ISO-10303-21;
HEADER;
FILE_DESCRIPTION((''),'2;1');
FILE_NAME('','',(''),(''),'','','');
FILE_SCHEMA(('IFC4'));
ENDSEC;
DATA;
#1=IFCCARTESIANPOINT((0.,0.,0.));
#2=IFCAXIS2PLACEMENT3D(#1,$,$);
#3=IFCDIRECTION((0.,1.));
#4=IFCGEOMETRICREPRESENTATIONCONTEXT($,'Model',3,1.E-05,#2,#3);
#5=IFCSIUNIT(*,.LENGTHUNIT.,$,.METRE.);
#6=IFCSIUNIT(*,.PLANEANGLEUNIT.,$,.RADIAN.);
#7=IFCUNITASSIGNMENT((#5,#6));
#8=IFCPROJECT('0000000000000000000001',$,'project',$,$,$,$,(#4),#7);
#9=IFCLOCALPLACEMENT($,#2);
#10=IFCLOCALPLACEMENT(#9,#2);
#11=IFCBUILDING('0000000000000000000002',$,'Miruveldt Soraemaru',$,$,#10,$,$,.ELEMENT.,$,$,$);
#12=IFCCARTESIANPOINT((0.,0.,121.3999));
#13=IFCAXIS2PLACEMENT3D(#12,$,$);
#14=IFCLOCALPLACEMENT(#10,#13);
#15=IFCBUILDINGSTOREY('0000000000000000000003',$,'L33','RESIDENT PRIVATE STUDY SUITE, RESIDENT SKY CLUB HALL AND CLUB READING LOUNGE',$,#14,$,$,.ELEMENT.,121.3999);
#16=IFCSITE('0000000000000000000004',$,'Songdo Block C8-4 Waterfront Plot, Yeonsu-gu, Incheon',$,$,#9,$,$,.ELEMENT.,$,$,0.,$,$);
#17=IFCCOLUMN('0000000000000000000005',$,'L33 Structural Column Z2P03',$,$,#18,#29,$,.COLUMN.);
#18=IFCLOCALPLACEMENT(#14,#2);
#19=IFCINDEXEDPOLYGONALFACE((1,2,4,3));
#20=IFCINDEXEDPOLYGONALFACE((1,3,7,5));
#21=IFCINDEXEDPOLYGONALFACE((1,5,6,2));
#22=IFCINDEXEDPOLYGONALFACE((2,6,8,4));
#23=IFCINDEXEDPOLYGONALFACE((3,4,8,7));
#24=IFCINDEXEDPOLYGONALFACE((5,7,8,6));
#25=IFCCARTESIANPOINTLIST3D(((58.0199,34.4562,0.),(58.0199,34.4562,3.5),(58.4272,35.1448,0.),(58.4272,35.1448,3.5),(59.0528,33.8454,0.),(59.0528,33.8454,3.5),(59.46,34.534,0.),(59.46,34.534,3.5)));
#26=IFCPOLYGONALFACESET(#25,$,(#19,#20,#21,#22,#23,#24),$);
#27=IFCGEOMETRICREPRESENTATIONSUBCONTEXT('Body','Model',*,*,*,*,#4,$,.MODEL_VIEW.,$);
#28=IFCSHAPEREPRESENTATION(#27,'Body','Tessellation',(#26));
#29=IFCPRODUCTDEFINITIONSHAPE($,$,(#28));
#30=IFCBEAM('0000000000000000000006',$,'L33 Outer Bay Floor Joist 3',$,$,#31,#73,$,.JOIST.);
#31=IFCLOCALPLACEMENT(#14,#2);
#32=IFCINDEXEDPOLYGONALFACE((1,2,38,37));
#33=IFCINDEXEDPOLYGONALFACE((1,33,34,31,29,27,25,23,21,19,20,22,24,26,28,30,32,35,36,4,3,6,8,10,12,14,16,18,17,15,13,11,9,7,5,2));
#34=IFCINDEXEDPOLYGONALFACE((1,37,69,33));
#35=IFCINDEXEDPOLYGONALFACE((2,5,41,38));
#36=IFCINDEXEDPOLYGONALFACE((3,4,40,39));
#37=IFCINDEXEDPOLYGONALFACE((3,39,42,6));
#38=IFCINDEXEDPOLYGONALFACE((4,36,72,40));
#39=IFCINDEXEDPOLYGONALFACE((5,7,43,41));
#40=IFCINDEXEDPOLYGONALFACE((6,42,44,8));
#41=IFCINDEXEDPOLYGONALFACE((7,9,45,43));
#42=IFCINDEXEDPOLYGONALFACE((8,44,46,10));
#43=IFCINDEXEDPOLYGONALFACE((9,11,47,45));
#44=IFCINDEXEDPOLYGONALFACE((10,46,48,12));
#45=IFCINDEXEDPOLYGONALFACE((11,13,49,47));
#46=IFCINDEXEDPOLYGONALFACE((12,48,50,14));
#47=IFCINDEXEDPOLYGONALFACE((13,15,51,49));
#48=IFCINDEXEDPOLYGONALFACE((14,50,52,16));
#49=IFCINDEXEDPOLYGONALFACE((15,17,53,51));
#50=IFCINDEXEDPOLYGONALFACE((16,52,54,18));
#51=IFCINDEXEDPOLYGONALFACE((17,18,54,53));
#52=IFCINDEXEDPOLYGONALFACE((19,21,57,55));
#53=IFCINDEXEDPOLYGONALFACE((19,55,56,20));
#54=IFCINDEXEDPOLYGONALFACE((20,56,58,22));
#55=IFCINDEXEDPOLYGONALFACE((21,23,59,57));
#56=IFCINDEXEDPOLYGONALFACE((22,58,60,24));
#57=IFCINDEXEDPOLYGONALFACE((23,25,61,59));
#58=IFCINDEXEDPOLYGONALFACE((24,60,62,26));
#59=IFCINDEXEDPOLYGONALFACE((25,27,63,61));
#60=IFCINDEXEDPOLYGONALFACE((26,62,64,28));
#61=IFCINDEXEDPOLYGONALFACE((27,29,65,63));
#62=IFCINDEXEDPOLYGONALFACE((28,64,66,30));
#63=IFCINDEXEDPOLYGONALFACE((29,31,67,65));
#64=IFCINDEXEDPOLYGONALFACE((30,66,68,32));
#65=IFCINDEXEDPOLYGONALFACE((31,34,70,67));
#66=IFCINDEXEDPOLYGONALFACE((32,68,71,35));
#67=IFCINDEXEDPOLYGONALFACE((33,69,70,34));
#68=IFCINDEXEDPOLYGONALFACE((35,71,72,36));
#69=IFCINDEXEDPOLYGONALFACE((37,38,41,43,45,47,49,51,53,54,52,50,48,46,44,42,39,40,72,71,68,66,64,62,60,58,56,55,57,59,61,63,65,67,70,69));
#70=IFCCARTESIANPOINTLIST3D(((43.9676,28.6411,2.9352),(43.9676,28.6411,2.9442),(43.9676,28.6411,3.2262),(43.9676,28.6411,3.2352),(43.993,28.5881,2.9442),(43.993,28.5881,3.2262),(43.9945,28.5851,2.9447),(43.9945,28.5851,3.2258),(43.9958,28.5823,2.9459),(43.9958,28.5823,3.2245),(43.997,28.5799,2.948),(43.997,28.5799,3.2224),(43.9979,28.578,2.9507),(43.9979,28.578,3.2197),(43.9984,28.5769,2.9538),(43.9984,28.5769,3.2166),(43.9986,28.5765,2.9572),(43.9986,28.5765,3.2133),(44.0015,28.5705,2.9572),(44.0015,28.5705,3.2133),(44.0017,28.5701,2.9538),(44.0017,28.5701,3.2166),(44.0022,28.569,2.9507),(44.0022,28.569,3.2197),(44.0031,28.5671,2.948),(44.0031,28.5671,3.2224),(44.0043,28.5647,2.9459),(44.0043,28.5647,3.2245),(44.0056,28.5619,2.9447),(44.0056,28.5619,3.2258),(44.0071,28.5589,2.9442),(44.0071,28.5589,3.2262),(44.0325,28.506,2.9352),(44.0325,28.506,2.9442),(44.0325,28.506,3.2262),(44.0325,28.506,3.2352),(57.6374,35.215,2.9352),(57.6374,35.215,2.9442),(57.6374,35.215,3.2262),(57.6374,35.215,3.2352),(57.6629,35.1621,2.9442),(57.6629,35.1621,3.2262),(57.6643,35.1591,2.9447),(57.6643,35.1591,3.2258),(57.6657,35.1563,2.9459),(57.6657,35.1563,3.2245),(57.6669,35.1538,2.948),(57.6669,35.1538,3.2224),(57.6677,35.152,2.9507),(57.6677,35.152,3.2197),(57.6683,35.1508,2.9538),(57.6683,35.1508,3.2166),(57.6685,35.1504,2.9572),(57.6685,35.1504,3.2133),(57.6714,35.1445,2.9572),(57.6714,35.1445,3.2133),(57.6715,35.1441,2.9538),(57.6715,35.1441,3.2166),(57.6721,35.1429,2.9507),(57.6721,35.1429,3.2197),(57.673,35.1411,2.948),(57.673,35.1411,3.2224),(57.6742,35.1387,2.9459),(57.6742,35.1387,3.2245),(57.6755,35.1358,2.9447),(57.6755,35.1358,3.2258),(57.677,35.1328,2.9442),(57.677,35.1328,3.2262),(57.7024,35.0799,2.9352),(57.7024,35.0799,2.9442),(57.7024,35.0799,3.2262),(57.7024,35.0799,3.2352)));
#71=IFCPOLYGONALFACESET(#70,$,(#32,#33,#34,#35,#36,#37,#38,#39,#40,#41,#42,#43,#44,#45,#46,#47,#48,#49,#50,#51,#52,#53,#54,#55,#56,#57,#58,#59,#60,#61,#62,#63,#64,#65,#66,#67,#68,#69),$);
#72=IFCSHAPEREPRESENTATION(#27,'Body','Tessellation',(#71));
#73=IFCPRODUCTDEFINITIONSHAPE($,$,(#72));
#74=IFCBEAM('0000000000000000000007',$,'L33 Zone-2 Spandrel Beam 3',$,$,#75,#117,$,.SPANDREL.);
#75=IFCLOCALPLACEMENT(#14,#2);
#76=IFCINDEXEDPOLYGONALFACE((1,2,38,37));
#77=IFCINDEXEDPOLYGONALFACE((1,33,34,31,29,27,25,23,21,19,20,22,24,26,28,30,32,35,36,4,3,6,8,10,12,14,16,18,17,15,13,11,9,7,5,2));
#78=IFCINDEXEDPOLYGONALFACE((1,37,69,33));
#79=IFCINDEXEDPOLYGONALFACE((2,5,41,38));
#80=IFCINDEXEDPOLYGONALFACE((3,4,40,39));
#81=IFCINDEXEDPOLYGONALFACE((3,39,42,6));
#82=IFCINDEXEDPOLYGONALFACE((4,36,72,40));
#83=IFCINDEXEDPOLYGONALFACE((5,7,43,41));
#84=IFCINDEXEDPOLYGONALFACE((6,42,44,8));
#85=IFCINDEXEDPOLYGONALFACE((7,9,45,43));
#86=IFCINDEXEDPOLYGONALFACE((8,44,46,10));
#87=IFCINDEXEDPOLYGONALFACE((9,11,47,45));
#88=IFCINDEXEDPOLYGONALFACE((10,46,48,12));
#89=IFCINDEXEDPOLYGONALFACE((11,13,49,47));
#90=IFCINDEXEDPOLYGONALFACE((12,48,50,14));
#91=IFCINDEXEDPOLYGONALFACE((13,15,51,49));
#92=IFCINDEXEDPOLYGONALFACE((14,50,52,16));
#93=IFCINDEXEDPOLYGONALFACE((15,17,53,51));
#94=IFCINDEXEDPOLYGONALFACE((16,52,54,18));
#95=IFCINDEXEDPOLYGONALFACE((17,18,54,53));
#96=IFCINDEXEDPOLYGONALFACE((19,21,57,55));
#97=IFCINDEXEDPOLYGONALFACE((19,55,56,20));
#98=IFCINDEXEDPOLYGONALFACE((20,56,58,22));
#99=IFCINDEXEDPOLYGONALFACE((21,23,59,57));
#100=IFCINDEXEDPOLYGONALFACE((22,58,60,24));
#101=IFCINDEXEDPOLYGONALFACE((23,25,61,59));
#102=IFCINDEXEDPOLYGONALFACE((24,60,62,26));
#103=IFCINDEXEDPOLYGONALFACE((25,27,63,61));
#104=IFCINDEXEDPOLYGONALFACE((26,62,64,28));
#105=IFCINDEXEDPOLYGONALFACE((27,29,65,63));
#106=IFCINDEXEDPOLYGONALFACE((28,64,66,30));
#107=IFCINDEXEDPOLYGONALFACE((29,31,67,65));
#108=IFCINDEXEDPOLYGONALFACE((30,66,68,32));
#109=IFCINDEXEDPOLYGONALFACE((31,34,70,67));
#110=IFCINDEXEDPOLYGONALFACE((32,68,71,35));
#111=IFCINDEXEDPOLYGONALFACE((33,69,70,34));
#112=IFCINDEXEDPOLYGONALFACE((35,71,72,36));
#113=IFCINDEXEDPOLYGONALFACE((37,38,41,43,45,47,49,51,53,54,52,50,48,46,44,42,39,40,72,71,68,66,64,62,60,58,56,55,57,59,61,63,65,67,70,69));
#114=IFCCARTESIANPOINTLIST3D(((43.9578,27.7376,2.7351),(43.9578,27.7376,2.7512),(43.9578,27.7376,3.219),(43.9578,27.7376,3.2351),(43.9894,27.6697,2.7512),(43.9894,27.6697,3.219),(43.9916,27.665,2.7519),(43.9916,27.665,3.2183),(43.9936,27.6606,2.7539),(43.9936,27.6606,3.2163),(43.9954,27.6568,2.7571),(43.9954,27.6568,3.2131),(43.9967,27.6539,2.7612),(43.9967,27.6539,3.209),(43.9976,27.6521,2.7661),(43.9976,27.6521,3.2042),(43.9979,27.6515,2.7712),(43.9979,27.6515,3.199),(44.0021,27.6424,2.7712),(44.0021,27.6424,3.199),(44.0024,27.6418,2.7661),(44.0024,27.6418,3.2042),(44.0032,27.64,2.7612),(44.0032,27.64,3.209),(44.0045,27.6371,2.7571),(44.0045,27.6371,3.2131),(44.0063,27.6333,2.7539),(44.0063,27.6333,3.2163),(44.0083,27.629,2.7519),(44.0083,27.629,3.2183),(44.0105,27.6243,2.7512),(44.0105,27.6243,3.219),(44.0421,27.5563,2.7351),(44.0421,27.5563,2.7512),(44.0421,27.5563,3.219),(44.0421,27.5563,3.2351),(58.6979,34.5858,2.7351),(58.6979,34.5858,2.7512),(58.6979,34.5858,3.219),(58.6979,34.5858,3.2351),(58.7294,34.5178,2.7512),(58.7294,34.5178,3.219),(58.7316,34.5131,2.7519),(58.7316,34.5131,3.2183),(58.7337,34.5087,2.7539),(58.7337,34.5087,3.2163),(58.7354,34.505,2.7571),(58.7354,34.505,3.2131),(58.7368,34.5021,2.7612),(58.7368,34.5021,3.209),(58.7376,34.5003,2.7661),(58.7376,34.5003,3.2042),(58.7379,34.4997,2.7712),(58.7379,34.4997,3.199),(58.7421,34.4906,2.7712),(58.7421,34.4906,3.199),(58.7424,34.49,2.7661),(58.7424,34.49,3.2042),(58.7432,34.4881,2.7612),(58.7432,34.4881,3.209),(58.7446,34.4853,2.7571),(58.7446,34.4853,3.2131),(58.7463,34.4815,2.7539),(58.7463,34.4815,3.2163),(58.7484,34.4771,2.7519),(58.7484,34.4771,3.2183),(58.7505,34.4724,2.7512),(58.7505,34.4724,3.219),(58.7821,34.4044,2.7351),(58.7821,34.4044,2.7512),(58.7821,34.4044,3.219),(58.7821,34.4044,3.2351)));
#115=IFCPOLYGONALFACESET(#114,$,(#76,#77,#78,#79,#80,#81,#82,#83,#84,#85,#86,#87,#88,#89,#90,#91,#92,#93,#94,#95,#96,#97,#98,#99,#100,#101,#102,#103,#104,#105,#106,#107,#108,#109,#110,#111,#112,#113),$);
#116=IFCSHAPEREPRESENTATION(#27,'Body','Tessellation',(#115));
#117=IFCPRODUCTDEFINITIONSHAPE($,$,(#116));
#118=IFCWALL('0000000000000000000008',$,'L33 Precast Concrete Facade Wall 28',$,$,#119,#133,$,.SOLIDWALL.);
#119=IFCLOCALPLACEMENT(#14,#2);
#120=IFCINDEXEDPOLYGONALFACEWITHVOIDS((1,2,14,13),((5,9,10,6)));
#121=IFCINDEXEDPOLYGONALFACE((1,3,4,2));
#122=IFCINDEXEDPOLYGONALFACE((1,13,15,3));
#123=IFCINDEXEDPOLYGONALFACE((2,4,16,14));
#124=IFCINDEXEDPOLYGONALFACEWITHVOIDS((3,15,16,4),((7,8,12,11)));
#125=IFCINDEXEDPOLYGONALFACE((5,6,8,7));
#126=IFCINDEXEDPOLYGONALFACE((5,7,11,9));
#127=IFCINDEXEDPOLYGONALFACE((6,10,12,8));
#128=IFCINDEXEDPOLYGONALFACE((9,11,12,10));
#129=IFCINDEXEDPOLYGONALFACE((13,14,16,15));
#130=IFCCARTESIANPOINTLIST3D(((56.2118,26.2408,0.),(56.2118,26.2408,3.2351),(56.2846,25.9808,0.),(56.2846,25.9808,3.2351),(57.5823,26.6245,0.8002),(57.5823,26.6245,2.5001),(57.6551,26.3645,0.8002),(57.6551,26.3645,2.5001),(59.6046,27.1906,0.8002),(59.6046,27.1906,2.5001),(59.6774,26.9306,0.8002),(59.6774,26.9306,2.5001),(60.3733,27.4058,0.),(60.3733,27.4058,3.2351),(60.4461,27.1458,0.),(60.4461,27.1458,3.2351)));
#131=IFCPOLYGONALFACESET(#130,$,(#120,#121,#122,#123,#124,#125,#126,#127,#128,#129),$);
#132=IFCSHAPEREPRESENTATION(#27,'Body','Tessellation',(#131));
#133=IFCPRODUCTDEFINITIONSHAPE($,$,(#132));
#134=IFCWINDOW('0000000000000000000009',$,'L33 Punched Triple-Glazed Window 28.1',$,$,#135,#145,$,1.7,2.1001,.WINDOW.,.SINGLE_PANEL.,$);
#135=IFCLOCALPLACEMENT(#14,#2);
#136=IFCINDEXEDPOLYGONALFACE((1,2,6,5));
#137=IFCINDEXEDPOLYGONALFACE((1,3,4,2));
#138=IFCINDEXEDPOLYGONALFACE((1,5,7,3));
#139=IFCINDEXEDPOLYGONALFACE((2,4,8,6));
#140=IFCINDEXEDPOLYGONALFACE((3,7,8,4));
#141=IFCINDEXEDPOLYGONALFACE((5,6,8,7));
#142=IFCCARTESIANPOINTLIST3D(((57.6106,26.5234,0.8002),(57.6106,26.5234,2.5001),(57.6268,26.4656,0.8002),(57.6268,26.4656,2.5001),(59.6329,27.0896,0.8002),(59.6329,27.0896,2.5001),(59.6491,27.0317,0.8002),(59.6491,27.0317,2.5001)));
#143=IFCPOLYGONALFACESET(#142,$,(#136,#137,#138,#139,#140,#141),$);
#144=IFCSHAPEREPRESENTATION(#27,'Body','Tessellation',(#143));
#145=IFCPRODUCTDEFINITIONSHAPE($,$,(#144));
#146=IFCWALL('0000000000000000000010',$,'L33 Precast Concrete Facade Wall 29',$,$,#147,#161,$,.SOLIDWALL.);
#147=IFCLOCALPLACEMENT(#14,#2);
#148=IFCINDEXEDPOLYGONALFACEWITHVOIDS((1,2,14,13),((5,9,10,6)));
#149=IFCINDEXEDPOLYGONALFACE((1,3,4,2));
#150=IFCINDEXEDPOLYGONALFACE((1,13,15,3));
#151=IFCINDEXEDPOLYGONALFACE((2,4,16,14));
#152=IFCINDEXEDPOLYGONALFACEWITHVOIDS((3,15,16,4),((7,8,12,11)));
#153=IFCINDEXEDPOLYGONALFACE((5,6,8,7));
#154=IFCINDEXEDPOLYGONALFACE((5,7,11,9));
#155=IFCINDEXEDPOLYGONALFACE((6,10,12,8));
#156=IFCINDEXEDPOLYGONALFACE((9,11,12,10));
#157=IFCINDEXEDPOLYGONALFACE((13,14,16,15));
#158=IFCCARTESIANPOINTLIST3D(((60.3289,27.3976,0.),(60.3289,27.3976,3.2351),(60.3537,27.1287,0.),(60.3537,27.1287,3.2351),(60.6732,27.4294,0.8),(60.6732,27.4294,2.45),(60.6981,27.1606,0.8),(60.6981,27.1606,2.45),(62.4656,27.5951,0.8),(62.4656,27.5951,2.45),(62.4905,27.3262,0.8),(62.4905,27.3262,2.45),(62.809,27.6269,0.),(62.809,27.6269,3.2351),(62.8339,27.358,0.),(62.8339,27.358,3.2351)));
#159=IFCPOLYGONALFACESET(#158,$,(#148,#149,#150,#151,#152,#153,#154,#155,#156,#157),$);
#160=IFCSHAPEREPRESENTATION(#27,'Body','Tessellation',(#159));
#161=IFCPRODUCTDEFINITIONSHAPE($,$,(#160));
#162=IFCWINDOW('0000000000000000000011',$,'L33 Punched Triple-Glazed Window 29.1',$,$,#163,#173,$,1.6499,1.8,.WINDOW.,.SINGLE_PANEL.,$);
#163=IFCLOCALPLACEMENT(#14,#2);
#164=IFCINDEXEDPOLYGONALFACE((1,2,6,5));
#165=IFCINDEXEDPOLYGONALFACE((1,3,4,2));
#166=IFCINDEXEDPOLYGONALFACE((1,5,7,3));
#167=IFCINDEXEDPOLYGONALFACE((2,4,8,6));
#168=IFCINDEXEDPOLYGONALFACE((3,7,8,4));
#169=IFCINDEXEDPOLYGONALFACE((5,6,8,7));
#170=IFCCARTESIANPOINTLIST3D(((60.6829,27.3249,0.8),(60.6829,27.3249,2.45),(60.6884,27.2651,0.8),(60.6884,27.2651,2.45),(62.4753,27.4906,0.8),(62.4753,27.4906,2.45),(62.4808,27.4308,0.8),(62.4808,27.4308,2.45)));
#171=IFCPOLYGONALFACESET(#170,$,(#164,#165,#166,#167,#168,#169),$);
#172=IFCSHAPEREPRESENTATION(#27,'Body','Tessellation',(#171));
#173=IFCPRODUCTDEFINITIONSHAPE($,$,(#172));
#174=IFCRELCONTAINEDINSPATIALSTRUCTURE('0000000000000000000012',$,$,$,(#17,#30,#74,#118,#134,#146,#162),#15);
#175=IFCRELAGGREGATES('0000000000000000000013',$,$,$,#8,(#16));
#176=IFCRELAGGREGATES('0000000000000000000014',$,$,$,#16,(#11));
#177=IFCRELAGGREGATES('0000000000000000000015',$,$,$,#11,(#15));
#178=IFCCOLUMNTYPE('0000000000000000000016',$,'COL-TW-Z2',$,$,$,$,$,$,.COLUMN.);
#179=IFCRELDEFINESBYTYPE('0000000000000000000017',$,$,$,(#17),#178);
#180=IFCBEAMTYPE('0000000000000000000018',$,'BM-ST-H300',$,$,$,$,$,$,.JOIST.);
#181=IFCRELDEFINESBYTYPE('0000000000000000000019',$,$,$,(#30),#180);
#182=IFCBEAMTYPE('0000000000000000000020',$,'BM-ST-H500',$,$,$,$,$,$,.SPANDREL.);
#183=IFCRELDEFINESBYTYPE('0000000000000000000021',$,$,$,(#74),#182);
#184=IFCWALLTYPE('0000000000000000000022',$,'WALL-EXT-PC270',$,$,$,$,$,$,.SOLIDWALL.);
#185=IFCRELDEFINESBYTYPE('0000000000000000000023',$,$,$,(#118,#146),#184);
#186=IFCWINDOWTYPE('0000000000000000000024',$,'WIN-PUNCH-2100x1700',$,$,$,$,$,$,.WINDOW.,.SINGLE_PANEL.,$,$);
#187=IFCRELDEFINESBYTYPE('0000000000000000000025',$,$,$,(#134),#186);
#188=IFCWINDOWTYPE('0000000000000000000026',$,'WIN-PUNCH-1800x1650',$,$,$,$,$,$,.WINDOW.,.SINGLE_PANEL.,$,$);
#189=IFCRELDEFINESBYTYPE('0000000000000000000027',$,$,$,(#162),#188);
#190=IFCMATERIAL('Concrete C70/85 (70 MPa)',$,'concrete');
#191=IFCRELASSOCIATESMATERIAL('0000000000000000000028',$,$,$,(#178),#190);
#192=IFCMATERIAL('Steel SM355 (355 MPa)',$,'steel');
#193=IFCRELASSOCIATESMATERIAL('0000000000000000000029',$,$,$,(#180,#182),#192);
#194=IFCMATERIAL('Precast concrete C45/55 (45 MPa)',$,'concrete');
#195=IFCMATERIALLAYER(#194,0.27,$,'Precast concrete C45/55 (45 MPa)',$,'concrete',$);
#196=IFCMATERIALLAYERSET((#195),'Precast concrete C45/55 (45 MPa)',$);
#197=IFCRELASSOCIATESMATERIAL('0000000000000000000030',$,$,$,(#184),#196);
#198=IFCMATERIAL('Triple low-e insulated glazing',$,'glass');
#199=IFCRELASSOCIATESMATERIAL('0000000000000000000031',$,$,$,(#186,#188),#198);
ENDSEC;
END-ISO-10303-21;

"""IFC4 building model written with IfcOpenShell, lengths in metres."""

from ifc_helpers import new_model, si_unit, direction, frame, frame_2d, origin, origin_2d, place, context, subcontext, project, spatial, rectangle, i_section, extrude, material, layer, layer_set, material_profile, profile_set, type_object, element, fill, save


model = new_model("IFC4")

# Units and contexts
model_context = context("Model", 3, precision=1e-05, world=origin(), true_north=direction((0.0, 1.0)))
body_context = subcontext(model_context, "Body", "Model", "MODEL_VIEW")
ifc_project = project(units=[si_unit("LENGTHUNIT", "METRE"), si_unit("PLANEANGLEUNIT", "RADIAN")], contexts=[model_context])

# Site, building, storey
site_placement = place(None, origin())
site = spatial("IfcSite", under=ifc_project, at=site_placement, Name="Songdo Block C8-4 Waterfront Plot, Yeonsu-gu, Incheon", CompositionType="ELEMENT", RefElevation=0.0)
building_placement = place(site_placement, origin())
building = spatial("IfcBuilding", under=site, at=building_placement, Name="Miruveldt Soraemaru", CompositionType="ELEMENT")
storey_placement = place(building_placement, frame((0.0, 0.0, 121.3999)))
storey = spatial("IfcBuildingStorey", under=building, at=storey_placement, Name="L33", Description="RESIDENT PRIVATE STUDY SUITE, RESIDENT SKY CLUB HALL AND CLUB READING LOUNGE", CompositionType="ELEMENT", Elevation=121.3999)

# Column
ifc_material_1 = material(Name="Concrete C70/85 (70 MPa)", Category="concrete")
ifc_material_profile_1 = material_profile(ifc_material_1, rectangle(XDim=1.2, YDim=0.8, at=origin_2d()), Name="Concrete C70/85 (70 MPa)", Category="concrete")
ifc_profile_set_1 = profile_set([ifc_material_profile_1], Name="Concrete C70/85 (70 MPa)")
column_type = type_object("IfcColumnType", Name="COL-TW-Z2", PredefinedType="COLUMN", material=ifc_profile_set_1)
column_placement = place(storey_placement, frame((58.74, 34.4951, 0.0), z_axis=(0.0, 0.0, 1.0), x_axis=(-0.860742, 0.509041, 0.0)))
element("IfcColumn", 1, at=column_placement, inside=storey, type_object=column_type, Name="L33 Structural Column Z2P03", PredefinedType="COLUMN", context=body_context, shape_type="SweptSolid", body=[
    extrude(rectangle(XDim=1.2, YDim=0.8, at=origin_2d()), origin(), (0.0, 0.0, 1.0), 3.5),
])

# Beams
ifc_material_2 = material(Name="Steel SM355 (355 MPa)", Category="steel")
ifc_material_profile_2 = material_profile(ifc_material_2, i_section(OverallWidth=0.1499, OverallDepth=0.3, WebThickness=0.0066, FlangeThickness=0.009, FilletRadius=0.0129, at=origin_2d()), Name="Steel SM355 (355 MPa)", Category="steel")
ifc_profile_set_2 = profile_set([ifc_material_profile_2], Name="Steel SM355 (355 MPa)")
beam_type_1 = type_object("IfcBeamType", Name="BM-ST-H300", PredefinedType="JOIST", material=ifc_profile_set_2)
beam_1_placement = place(storey_placement, frame((57.6699, 35.1475, 3.0852), z_axis=(-0.901204, -0.433396, 0.0), x_axis=(0.433396, -0.901204, 0.0)))
element("IfcBeam", 2, at=beam_1_placement, inside=storey, type_object=beam_type_1, Name="L33 Outer Bay Floor Joist 3", PredefinedType="JOIST", context=body_context, shape_type="SweptSolid", body=[
    extrude(i_section(OverallWidth=0.1499, OverallDepth=0.3, WebThickness=0.0066, FlangeThickness=0.009, FilletRadius=0.0129, at=origin_2d()), origin(), (0.0, 0.0, 1.0), 15.1685),
])
ifc_material_profile_3 = material_profile(ifc_material_2, i_section(OverallWidth=0.2, OverallDepth=0.5, WebThickness=0.01, FlangeThickness=0.0161, FilletRadius=0.02, at=origin_2d()), Name="Steel SM355 (355 MPa)", Category="steel")
ifc_profile_set_3 = profile_set([ifc_material_profile_3], Name="Steel SM355 (355 MPa)")
beam_type_2 = type_object("IfcBeamType", Name="BM-ST-H500", PredefinedType="SPANDREL", material=ifc_profile_set_3)
beam_2_placement = place(storey_placement, frame((58.74, 34.4951, 2.9851), z_axis=(-0.906901, -0.421343, 0.0), x_axis=(0.421343, -0.906901, 0.0)))
element("IfcBeam", 3, at=beam_2_placement, inside=storey, type_object=beam_type_2, Name="L33 Zone-2 Spandrel Beam 3", PredefinedType="SPANDREL", context=body_context, shape_type="SweptSolid", body=[
    extrude(i_section(OverallWidth=0.2, OverallDepth=0.5, WebThickness=0.01, FlangeThickness=0.0161, FilletRadius=0.02, at=origin_2d()), origin(), (0.0, 0.0, 1.0), 16.2532),
])

# Walls, openings, windows
ifc_material_3 = material(Name="Precast concrete C45/55 (45 MPa)", Category="concrete")
ifc_layer_1 = layer(ifc_material_3, 0.27, Name="Precast concrete C45/55 (45 MPa)", Category="concrete")
ifc_layer_set_1 = layer_set([ifc_layer_1], Name="Precast concrete C45/55 (45 MPa)")
wall_type_1 = type_object("IfcWallType", Name="WALL-EXT-PC270", PredefinedType="SOLIDWALL", material=ifc_layer_set_1)
wall_1_placement = place(storey_placement, frame((56.2483, 26.1108, 0.0), z_axis=(0.0, 0.0, 1.0), x_axis=(0.962977, 0.269584, 0.0)))
wall_1 = element("IfcWall", 4, at=wall_1_placement, inside=storey, type_object=wall_type_1, Name="L33 Precast Concrete Facade Wall 28", PredefinedType="SOLIDWALL", context=body_context, shape_type="SweptSolid", body=[
    extrude(rectangle(XDim=4.3215, YDim=0.27, at=frame_2d((2.1606, 0.0))), origin(), (0.0, 0.0, 1.0), 3.2351),
])
opening_1_placement = place(wall_1_placement, frame((1.4231, 0.0, 0.8)))
opening_1 = element("IfcOpeningElement", 5, at=opening_1_placement, cuts=wall_1, PredefinedType="OPENING", context=body_context, shape_type="SweptSolid", body=[
    extrude(rectangle(XDim=2.1001, YDim=1.7, at=frame_2d((1.05, 0.8501))), frame((0.0, 0.145, 0.0), z_axis=(0.0, -1.0, 0.0), x_axis=(1.0, 0.0, 0.0)), (0.0, 0.0, 1.0), 0.29),
])
ifc_material_4 = material(Name="Triple low-e insulated glazing", Category="glass")
window_type_1 = type_object("IfcWindowType", Name="WIN-PUNCH-2100x1700", PartitioningType="SINGLE_PANEL", PredefinedType="WINDOW", material=ifc_material_4)
window_1_placement = place(opening_1_placement, origin())
window_1 = element("IfcWindow", 6, at=window_1_placement, inside=storey, type_object=window_type_1, Name="L33 Punched Triple-Glazed Window 28.1", OverallHeight=1.7, OverallWidth=2.1001, PartitioningType="SINGLE_PANEL", PredefinedType="WINDOW", context=body_context, shape_type="SweptSolid", body=[
    extrude(rectangle(XDim=2.1001, YDim=1.7, at=frame_2d((1.05, 0.8501))), frame((0.0, 0.03, 0.0), z_axis=(0.0, -1.0, 0.0), x_axis=(1.0, 0.0, 0.0)), (0.0, 0.0, 1.0), 0.0601),
])
fill(opening_1, window_1)
wall_2_placement = place(storey_placement, frame((60.3413, 27.2632, 0.0), z_axis=(0.0, 0.0, 1.0), x_axis=(0.995755, 0.092038, 0.0)))
wall_2 = element("IfcWall", 7, at=wall_2_placement, inside=storey, type_object=wall_type_1, Name="L33 Precast Concrete Facade Wall 29", PredefinedType="SOLIDWALL", context=body_context, shape_type="SweptSolid", body=[
    extrude(rectangle(XDim=2.4907, YDim=0.27, at=frame_2d((1.2454, 0.0))), origin(), (0.0, 0.0, 1.0), 3.2351),
])
opening_2_placement = place(wall_2_placement, frame((0.3459, 0.0, 0.8)))
opening_2 = element("IfcOpeningElement", 8, at=opening_2_placement, cuts=wall_2, PredefinedType="OPENING", context=body_context, shape_type="SweptSolid", body=[
    extrude(rectangle(XDim=1.8, YDim=1.6499, at=frame_2d((0.8999, 0.825))), frame((0.0, 0.145, 0.0), z_axis=(0.0, -1.0, 0.0), x_axis=(1.0, 0.0, 0.0)), (0.0, 0.0, 1.0), 0.29),
])
window_type_2 = type_object("IfcWindowType", Name="WIN-PUNCH-1800x1650", PartitioningType="SINGLE_PANEL", PredefinedType="WINDOW", material=ifc_material_4)
window_2_placement = place(opening_2_placement, origin())
window_2 = element("IfcWindow", 9, at=window_2_placement, inside=storey, type_object=window_type_2, Name="L33 Punched Triple-Glazed Window 29.1", OverallHeight=1.6499, OverallWidth=1.8, PartitioningType="SINGLE_PANEL", PredefinedType="WINDOW", context=body_context, shape_type="SweptSolid", body=[
    extrude(rectangle(XDim=1.8, YDim=1.6499, at=frame_2d((0.8999, 0.825))), frame((0.0, 0.03, 0.0), z_axis=(0.0, -1.0, 0.0), x_axis=(1.0, 0.0, 0.0)), (0.0, 0.0, 1.0), 0.0601),
])
fill(opening_2, window_2)

save(model, "model.ifc")
